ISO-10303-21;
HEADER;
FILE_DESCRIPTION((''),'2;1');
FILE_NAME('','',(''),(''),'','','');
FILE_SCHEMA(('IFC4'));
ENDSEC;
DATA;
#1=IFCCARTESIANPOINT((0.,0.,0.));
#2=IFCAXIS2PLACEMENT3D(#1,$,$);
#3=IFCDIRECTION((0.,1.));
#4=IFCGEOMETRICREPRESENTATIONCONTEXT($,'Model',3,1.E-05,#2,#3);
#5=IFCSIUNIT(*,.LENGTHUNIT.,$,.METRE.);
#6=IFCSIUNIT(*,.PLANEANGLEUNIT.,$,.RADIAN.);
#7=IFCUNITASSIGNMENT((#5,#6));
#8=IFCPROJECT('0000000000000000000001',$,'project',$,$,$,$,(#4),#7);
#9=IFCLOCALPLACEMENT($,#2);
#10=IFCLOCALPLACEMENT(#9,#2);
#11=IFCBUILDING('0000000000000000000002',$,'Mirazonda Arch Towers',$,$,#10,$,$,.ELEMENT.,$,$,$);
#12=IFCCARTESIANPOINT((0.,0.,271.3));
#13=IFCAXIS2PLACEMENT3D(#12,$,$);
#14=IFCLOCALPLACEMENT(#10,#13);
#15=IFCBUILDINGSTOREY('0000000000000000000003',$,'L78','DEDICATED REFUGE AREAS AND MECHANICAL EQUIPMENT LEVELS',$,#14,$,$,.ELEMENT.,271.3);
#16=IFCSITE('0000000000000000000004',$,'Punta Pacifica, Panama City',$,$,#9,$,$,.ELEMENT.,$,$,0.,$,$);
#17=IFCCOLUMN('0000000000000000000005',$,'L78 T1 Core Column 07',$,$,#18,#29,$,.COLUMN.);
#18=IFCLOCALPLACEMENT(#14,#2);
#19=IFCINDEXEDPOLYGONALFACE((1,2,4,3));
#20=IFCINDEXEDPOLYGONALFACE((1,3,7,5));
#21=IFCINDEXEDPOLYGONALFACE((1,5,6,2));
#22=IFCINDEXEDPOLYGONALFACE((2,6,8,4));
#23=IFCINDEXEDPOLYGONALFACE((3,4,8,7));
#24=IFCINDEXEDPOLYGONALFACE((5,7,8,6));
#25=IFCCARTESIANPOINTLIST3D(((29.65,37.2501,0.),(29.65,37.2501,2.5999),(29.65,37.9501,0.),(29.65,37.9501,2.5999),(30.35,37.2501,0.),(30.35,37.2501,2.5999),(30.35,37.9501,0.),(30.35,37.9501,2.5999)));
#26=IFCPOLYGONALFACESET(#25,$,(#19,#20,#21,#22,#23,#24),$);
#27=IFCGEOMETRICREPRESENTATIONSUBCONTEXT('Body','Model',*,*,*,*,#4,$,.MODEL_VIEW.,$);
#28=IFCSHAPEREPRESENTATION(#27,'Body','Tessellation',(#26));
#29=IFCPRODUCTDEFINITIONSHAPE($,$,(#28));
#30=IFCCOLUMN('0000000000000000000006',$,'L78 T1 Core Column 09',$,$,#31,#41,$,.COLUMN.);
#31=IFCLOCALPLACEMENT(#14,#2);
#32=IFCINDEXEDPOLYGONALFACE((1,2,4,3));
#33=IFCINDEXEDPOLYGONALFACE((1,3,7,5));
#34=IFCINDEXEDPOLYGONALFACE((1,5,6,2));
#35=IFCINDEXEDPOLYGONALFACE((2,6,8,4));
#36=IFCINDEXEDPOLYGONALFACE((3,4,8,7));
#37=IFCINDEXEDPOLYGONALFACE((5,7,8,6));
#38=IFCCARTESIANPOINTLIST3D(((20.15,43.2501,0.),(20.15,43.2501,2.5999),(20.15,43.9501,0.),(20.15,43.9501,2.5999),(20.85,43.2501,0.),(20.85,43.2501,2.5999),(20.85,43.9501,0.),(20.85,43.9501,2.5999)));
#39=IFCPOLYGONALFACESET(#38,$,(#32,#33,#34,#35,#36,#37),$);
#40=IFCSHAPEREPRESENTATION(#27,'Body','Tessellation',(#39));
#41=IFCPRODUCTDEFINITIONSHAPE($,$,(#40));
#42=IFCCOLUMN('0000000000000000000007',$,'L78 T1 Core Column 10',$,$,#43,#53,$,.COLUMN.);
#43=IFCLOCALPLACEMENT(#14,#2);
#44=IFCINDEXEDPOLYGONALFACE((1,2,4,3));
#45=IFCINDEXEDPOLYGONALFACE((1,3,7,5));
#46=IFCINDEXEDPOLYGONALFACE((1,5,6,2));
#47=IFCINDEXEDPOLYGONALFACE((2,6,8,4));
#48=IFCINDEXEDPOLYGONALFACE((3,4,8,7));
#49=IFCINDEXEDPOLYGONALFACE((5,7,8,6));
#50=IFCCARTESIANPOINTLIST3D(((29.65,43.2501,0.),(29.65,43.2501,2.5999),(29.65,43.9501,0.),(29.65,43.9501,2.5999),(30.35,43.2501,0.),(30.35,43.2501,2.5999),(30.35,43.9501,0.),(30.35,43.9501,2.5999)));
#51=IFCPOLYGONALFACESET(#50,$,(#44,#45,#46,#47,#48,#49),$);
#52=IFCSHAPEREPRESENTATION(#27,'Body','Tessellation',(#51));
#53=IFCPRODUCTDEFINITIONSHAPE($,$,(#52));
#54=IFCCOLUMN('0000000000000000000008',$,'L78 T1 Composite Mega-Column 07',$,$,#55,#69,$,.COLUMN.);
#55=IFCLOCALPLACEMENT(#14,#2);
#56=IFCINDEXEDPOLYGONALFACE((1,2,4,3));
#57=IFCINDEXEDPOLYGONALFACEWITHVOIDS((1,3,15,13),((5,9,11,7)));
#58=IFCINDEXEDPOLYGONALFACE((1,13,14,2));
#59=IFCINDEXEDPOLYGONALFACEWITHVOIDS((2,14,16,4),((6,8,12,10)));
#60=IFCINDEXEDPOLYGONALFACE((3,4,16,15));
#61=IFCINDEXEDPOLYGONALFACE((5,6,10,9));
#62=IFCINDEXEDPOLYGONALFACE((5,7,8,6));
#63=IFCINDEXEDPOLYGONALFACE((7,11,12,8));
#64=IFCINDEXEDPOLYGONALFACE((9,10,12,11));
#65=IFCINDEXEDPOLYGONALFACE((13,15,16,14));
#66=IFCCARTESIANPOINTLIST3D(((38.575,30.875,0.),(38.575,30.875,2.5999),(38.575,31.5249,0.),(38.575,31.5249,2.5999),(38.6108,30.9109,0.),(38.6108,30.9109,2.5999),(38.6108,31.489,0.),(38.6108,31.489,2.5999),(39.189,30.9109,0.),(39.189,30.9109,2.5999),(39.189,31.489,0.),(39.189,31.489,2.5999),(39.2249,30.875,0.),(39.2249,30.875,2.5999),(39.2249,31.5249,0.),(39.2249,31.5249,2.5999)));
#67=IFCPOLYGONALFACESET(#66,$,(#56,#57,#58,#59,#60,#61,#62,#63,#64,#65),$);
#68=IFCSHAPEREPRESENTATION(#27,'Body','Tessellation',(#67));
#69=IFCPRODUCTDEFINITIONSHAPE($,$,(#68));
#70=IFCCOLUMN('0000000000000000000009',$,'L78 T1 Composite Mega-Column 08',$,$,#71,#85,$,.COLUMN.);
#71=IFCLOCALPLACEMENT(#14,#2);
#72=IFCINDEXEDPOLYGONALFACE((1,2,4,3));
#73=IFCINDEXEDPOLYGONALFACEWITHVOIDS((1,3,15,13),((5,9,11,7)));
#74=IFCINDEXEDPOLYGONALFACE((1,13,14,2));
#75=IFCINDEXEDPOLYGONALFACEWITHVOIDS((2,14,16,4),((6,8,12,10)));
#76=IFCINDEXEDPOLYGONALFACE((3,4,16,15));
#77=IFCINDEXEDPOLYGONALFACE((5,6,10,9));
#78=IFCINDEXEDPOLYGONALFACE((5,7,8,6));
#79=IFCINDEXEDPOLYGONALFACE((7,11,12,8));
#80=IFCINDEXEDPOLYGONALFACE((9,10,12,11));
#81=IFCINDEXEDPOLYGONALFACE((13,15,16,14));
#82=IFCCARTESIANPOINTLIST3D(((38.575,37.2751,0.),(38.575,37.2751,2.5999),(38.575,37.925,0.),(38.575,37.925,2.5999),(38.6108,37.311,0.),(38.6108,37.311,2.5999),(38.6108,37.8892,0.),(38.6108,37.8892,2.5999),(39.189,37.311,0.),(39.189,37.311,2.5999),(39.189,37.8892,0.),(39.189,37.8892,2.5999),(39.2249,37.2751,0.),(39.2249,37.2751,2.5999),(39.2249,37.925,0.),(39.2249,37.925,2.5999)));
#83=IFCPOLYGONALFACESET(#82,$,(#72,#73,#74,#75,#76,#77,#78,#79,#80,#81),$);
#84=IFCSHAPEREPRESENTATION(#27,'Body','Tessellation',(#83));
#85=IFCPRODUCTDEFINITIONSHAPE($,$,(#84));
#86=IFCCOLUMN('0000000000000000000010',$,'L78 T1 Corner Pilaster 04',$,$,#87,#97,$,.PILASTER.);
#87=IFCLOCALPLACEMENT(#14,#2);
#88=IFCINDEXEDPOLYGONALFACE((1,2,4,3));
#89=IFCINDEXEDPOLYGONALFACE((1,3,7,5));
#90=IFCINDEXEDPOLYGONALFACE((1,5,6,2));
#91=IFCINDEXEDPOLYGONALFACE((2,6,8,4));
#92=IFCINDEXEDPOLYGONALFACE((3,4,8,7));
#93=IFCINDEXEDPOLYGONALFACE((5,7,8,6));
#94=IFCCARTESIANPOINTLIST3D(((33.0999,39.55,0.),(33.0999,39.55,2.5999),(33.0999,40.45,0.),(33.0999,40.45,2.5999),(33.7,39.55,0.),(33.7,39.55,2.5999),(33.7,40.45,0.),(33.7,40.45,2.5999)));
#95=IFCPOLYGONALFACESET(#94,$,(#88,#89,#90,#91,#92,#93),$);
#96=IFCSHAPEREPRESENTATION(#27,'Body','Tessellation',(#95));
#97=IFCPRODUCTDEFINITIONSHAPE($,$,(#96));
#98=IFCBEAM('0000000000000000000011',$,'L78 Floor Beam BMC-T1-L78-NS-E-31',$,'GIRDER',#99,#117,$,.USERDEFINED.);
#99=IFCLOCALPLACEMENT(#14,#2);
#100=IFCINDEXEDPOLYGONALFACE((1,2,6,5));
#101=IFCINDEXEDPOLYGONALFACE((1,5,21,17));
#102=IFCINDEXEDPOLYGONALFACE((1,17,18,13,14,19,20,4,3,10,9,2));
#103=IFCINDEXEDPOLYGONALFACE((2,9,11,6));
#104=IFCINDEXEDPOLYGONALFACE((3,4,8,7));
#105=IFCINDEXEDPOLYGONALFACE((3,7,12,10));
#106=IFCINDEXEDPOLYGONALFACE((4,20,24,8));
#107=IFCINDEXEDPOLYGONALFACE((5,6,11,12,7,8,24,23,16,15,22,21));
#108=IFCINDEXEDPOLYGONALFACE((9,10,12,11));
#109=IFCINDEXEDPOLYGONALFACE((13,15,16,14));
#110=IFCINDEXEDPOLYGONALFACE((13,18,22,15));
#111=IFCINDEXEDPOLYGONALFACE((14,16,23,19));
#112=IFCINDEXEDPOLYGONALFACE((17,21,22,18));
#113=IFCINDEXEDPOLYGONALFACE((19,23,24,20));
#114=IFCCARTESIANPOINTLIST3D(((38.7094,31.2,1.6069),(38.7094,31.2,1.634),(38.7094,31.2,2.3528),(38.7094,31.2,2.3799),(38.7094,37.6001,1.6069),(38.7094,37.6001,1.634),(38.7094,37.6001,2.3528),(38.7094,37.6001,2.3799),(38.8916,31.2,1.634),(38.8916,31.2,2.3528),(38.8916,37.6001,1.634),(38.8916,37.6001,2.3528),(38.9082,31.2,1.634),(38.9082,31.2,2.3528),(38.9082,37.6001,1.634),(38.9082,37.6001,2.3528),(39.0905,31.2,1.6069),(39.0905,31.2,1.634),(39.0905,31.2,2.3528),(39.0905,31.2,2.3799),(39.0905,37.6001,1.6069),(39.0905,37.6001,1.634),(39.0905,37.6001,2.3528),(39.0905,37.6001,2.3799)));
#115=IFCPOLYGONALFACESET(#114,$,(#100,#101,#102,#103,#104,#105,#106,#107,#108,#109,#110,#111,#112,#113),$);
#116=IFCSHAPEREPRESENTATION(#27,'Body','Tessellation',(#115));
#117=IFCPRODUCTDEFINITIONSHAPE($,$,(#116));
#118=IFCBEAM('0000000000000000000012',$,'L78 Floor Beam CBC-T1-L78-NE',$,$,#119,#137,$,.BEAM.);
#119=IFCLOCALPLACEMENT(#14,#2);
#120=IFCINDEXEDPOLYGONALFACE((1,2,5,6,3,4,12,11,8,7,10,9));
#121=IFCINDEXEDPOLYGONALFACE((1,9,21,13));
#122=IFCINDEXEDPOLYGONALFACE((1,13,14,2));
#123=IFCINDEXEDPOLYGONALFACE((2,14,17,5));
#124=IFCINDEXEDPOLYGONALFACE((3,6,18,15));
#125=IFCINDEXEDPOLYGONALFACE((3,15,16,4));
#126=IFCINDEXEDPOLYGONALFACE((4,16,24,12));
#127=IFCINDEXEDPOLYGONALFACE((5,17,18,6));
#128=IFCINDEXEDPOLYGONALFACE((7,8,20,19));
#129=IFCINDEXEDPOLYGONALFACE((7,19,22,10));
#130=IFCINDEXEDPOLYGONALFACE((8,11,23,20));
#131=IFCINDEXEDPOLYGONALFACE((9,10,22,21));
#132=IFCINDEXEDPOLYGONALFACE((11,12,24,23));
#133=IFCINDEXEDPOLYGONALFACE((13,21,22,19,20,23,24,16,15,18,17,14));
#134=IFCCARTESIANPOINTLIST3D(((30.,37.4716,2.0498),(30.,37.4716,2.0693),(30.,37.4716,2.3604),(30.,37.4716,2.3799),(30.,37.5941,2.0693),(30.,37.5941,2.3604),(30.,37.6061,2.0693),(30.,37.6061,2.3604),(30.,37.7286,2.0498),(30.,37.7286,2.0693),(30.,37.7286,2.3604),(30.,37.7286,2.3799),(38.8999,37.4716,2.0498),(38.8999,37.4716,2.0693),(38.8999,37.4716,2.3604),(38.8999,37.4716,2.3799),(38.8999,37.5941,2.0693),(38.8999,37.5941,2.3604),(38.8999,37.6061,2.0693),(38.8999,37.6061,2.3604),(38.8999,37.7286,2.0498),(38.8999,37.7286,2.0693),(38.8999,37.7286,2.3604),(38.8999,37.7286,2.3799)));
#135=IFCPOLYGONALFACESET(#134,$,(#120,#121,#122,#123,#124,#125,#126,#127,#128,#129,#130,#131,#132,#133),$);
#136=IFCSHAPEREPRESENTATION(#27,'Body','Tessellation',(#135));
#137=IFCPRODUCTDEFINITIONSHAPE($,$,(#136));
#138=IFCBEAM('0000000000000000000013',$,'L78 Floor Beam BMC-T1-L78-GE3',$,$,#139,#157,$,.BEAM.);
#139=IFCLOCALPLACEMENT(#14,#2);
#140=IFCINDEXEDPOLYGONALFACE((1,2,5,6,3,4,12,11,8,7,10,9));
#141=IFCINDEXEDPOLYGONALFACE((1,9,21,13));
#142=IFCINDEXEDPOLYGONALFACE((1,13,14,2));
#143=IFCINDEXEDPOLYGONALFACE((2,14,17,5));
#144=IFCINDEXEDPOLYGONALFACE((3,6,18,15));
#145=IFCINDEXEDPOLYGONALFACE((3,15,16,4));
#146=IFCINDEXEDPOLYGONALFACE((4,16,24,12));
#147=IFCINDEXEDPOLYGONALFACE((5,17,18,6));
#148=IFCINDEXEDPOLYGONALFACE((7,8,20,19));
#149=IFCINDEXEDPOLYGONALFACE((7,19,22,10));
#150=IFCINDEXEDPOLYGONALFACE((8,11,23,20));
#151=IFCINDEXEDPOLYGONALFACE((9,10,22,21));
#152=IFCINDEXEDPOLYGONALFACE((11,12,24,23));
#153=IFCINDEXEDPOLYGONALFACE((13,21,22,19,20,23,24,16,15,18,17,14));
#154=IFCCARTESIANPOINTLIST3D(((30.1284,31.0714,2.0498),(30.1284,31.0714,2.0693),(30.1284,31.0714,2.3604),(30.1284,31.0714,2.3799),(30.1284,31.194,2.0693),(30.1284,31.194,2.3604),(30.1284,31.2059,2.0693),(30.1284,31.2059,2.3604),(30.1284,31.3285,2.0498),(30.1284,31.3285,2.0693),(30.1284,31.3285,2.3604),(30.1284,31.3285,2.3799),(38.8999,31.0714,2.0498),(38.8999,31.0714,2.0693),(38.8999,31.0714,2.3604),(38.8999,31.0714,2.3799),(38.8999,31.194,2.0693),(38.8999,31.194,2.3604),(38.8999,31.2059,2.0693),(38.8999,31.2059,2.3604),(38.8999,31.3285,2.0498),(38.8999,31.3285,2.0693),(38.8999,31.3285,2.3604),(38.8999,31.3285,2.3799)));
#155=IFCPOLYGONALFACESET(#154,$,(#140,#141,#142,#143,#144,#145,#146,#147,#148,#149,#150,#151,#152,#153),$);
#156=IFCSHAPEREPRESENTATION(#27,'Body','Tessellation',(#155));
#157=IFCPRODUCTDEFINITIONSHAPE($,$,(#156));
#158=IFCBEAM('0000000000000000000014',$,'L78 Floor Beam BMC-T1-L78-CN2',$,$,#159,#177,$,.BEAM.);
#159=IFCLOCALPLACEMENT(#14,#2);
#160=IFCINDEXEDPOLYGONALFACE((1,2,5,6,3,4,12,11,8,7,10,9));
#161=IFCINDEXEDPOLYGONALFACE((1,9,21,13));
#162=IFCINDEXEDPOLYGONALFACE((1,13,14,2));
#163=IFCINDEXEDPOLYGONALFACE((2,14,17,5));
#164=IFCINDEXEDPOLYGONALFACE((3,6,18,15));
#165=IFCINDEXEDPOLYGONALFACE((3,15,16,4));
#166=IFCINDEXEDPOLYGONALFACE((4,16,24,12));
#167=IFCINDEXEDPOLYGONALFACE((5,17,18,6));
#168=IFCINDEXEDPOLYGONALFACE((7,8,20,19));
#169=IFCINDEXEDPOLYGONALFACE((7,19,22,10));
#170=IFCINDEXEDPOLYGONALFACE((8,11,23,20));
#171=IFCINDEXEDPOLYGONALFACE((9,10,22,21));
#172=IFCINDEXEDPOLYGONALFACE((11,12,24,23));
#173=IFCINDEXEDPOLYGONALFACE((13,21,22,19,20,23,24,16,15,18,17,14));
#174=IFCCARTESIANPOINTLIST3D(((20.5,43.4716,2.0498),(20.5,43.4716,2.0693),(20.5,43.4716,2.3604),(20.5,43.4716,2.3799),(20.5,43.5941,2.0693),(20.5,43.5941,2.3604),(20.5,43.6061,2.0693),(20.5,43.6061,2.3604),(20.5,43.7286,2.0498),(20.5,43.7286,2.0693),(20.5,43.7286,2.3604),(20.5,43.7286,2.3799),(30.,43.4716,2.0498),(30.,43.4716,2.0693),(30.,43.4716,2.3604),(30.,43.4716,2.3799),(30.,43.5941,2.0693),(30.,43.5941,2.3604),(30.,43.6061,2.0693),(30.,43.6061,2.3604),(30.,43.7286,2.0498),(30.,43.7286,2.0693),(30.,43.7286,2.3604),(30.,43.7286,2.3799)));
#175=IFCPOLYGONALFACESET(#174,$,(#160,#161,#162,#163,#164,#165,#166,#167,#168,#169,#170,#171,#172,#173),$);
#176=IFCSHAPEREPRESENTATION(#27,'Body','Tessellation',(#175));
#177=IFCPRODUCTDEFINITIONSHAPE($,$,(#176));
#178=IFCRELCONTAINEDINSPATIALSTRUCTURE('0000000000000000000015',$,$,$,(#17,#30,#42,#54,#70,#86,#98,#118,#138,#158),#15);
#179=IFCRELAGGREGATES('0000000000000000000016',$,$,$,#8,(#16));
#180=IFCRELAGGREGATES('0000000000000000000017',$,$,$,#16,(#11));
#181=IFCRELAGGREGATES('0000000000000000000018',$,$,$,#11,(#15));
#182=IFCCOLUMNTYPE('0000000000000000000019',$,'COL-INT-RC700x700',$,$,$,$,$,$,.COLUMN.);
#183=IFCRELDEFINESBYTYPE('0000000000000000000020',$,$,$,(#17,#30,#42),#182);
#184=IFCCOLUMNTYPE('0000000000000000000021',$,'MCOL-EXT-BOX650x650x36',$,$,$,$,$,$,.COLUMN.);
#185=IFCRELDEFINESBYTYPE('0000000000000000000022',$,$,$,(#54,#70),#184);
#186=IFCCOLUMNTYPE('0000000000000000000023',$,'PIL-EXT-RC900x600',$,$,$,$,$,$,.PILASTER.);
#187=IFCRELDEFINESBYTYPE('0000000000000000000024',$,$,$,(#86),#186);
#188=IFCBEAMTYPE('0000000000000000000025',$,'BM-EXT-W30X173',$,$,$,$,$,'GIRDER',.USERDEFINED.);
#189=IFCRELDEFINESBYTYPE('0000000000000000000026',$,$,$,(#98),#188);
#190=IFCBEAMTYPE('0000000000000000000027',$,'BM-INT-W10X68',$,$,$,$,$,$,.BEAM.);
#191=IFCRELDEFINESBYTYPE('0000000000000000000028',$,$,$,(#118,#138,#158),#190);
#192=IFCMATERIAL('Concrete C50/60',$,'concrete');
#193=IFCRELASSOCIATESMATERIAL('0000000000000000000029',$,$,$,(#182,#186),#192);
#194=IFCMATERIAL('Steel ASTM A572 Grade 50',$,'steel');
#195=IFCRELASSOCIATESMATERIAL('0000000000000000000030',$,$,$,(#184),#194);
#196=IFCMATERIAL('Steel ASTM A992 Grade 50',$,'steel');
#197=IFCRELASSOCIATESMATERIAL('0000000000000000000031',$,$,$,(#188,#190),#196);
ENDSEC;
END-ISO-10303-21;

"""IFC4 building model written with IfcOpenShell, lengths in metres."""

from ifc_helpers import new_model, si_unit, direction, frame, origin, origin_2d, place, context, subcontext, project, spatial, rectangle, hollow_rectangle, i_section, extrude, material, material_profile, profile_set, type_object, element, save


model = new_model("IFC4")

# Units and contexts
model_context = context("Model", 3, precision=1e-05, world=origin(), true_north=direction((0.0, 1.0)))
body_context = subcontext(model_context, "Body", "Model", "MODEL_VIEW")
ifc_project = project(units=[si_unit("LENGTHUNIT", "METRE"), si_unit("PLANEANGLEUNIT", "RADIAN")], contexts=[model_context])

# Site, building, storey
site_placement = place(None, origin())
site = spatial("IfcSite", under=ifc_project, at=site_placement, Name="Punta Pacifica, Panama City", CompositionType="ELEMENT", RefElevation=0.0)
building_placement = place(site_placement, origin())
building = spatial("IfcBuilding", under=site, at=building_placement, Name="Mirazonda Arch Towers", CompositionType="ELEMENT")
storey_placement = place(building_placement, frame((0.0, 0.0, 271.3)))
storey = spatial("IfcBuildingStorey", under=building, at=storey_placement, Name="L78", Description="DEDICATED REFUGE AREAS AND MECHANICAL EQUIPMENT LEVELS", CompositionType="ELEMENT", Elevation=271.3)

# Columns
ifc_material_1 = material(Name="Concrete C50/60", Category="concrete")
ifc_material_profile_1 = material_profile(ifc_material_1, rectangle(XDim=0.7, YDim=0.7, at=origin_2d()), Name="RC700x700")
ifc_profile_set_1 = profile_set([ifc_material_profile_1], Name="Concrete C50/60")
column_type_1 = type_object("IfcColumnType", Name="COL-INT-RC700x700", PredefinedType="COLUMN", material=ifc_profile_set_1)
for number, where, z_axis, x_axis, name in (
    (1, (30.0, 37.6001, 0.0), (0.0, 0.0, 1.0), (1.0, 0.0, 0.0), "L78 T1 Core Column 07"),
    (2, (20.5, 43.6001, 0.0), (0.0, 0.0, 1.0), (1.0, 0.0, 0.0), "L78 T1 Core Column 09"),
    (3, (30.0, 43.6001, 0.0), (0.0, 0.0, 1.0), (1.0, 0.0, 0.0), "L78 T1 Core Column 10"),
):
    element("IfcColumn", number, at=place(storey_placement, frame(where, z_axis=z_axis, x_axis=x_axis)), inside=storey, type_object=column_type_1, Name=name, PredefinedType="COLUMN", context=body_context, shape_type="SweptSolid", body=[
        extrude(rectangle(XDim=0.7, YDim=0.7, at=origin_2d()), origin(), (0.0, 0.0, 1.0), 2.5999),
    ])
ifc_material_2 = material(Name="Steel ASTM A572 Grade 50", Category="steel")
ifc_material_profile_2 = material_profile(ifc_material_2, hollow_rectangle(XDim=0.6499, YDim=0.6499, WallThickness=0.0359, at=origin_2d()), Name="BOX650x650x36")
ifc_profile_set_2 = profile_set([ifc_material_profile_2], Name="Steel ASTM A572 Grade 50")
column_type_2 = type_object("IfcColumnType", Name="MCOL-EXT-BOX650x650x36", PredefinedType="COLUMN", material=ifc_profile_set_2)
for number, where, z_axis, x_axis, name in (
    (4, (38.8999, 31.2, 0.0), (0.0, 0.0, 1.0), (1.0, 0.0, 0.0), "L78 T1 Composite Mega-Column 07"),
    (5, (38.8999, 37.6001, 0.0), (0.0, 0.0, 1.0), (1.0, 0.0, 0.0), "L78 T1 Composite Mega-Column 08"),
):
    element("IfcColumn", number, at=place(storey_placement, frame(where, z_axis=z_axis, x_axis=x_axis)), inside=storey, type_object=column_type_2, Name=name, PredefinedType="COLUMN", context=body_context, shape_type="SweptSolid", body=[
        extrude(hollow_rectangle(XDim=0.6499, YDim=0.6499, WallThickness=0.0359, at=origin_2d()), origin(), (0.0, 0.0, 1.0), 2.5999),
    ])
ifc_material_profile_3 = material_profile(ifc_material_1, rectangle(XDim=0.6001, YDim=0.8999, at=origin_2d()), Name="RC900x600")
ifc_profile_set_3 = profile_set([ifc_material_profile_3], Name="Concrete C50/60")
column_type_3 = type_object("IfcColumnType", Name="PIL-EXT-RC900x600", PredefinedType="PILASTER", material=ifc_profile_set_3)
column_placement = place(storey_placement, frame((33.3999, 40.0, 0.0), z_axis=(0.0, 0.0, 1.0), x_axis=(1.0, 0.0, 0.0)))
element("IfcColumn", 6, at=column_placement, inside=storey, type_object=column_type_3, Name="L78 T1 Corner Pilaster 04", PredefinedType="PILASTER", context=body_context, shape_type="SweptSolid", body=[
    extrude(rectangle(XDim=0.6001, YDim=0.8999, at=origin_2d()), origin(), (0.0, 0.0, 1.0), 2.5999),
])

# Beams
ifc_material_3 = material(Name="Steel ASTM A992 Grade 50", Category="steel")
ifc_material_profile_4 = material_profile(ifc_material_3, i_section(OverallWidth=0.3811, OverallDepth=0.7729, WebThickness=0.0166, FlangeThickness=0.0271, at=origin_2d()), Name="W30X173")
ifc_profile_set_4 = profile_set([ifc_material_profile_4], Name="Steel ASTM A992 Grade 50")
beam_type_1 = type_object("IfcBeamType", Name="BM-EXT-W30X173", ElementType="GIRDER", PredefinedType="USERDEFINED", material=ifc_profile_set_4)
beam_1_placement = place(storey_placement, frame((38.8999, 31.2, 1.9934), z_axis=(0.0, 1.0, 0.0), x_axis=(-1.0, 0.0, 0.0)))
element("IfcBeam", 7, at=beam_1_placement, inside=storey, type_object=beam_type_1, Name="L78 Floor Beam BMC-T1-L78-NS-E-31", ObjectType="GIRDER", PredefinedType="USERDEFINED", context=body_context, shape_type="SweptSolid", body=[
    extrude(i_section(OverallWidth=0.3811, OverallDepth=0.7729, WebThickness=0.0166, FlangeThickness=0.0271, at=origin_2d()), origin(), (0.0, 0.0, 1.0), 6.4001),
])
ifc_material_profile_5 = material_profile(ifc_material_3, i_section(OverallWidth=0.2571, OverallDepth=0.3301, WebThickness=0.012, FlangeThickness=0.0195, at=origin_2d()), Name="W10X68")
ifc_profile_set_5 = profile_set([ifc_material_profile_5], Name="Steel ASTM A992 Grade 50")
beam_type_2 = type_object("IfcBeamType", Name="BM-INT-W10X68", PredefinedType="BEAM", material=ifc_profile_set_5)
beam_2_placement = place(storey_placement, frame((30.0, 37.6001, 2.2148), z_axis=(1.0, 0.0, 0.0), x_axis=(0.0, 1.0, 0.0)))
element("IfcBeam", 8, at=beam_2_placement, inside=storey, type_object=beam_type_2, Name="L78 Floor Beam CBC-T1-L78-NE", PredefinedType="BEAM", context=body_context, shape_type="SweptSolid", body=[
    extrude(i_section(OverallWidth=0.2571, OverallDepth=0.3301, WebThickness=0.012, FlangeThickness=0.0195, at=origin_2d()), origin(), (0.0, 0.0, 1.0), 8.8999),
])
beam_3_placement = place(storey_placement, frame((30.1284, 31.2, 2.2148), z_axis=(1.0, 0.0, 0.0), x_axis=(0.0, 1.0, 0.0)))
element("IfcBeam", 9, at=beam_3_placement, inside=storey, type_object=beam_type_2, Name="L78 Floor Beam BMC-T1-L78-GE3", PredefinedType="BEAM", context=body_context, shape_type="SweptSolid", body=[
    extrude(i_section(OverallWidth=0.2571, OverallDepth=0.3301, WebThickness=0.012, FlangeThickness=0.0195, at=origin_2d()), origin(), (0.0, 0.0, 1.0), 8.7715),
])
beam_4_placement = place(storey_placement, frame((20.5, 43.6001, 2.2148), z_axis=(1.0, 0.0, 0.0), x_axis=(0.0, 1.0, 0.0)))
element("IfcBeam", 10, at=beam_4_placement, inside=storey, type_object=beam_type_2, Name="L78 Floor Beam BMC-T1-L78-CN2", PredefinedType="BEAM", context=body_context, shape_type="SweptSolid", body=[
    extrude(i_section(OverallWidth=0.2571, OverallDepth=0.3301, WebThickness=0.012, FlangeThickness=0.0195, at=origin_2d()), origin(), (0.0, 0.0, 1.0), 9.5),
])

save(model, "model.ifc")
